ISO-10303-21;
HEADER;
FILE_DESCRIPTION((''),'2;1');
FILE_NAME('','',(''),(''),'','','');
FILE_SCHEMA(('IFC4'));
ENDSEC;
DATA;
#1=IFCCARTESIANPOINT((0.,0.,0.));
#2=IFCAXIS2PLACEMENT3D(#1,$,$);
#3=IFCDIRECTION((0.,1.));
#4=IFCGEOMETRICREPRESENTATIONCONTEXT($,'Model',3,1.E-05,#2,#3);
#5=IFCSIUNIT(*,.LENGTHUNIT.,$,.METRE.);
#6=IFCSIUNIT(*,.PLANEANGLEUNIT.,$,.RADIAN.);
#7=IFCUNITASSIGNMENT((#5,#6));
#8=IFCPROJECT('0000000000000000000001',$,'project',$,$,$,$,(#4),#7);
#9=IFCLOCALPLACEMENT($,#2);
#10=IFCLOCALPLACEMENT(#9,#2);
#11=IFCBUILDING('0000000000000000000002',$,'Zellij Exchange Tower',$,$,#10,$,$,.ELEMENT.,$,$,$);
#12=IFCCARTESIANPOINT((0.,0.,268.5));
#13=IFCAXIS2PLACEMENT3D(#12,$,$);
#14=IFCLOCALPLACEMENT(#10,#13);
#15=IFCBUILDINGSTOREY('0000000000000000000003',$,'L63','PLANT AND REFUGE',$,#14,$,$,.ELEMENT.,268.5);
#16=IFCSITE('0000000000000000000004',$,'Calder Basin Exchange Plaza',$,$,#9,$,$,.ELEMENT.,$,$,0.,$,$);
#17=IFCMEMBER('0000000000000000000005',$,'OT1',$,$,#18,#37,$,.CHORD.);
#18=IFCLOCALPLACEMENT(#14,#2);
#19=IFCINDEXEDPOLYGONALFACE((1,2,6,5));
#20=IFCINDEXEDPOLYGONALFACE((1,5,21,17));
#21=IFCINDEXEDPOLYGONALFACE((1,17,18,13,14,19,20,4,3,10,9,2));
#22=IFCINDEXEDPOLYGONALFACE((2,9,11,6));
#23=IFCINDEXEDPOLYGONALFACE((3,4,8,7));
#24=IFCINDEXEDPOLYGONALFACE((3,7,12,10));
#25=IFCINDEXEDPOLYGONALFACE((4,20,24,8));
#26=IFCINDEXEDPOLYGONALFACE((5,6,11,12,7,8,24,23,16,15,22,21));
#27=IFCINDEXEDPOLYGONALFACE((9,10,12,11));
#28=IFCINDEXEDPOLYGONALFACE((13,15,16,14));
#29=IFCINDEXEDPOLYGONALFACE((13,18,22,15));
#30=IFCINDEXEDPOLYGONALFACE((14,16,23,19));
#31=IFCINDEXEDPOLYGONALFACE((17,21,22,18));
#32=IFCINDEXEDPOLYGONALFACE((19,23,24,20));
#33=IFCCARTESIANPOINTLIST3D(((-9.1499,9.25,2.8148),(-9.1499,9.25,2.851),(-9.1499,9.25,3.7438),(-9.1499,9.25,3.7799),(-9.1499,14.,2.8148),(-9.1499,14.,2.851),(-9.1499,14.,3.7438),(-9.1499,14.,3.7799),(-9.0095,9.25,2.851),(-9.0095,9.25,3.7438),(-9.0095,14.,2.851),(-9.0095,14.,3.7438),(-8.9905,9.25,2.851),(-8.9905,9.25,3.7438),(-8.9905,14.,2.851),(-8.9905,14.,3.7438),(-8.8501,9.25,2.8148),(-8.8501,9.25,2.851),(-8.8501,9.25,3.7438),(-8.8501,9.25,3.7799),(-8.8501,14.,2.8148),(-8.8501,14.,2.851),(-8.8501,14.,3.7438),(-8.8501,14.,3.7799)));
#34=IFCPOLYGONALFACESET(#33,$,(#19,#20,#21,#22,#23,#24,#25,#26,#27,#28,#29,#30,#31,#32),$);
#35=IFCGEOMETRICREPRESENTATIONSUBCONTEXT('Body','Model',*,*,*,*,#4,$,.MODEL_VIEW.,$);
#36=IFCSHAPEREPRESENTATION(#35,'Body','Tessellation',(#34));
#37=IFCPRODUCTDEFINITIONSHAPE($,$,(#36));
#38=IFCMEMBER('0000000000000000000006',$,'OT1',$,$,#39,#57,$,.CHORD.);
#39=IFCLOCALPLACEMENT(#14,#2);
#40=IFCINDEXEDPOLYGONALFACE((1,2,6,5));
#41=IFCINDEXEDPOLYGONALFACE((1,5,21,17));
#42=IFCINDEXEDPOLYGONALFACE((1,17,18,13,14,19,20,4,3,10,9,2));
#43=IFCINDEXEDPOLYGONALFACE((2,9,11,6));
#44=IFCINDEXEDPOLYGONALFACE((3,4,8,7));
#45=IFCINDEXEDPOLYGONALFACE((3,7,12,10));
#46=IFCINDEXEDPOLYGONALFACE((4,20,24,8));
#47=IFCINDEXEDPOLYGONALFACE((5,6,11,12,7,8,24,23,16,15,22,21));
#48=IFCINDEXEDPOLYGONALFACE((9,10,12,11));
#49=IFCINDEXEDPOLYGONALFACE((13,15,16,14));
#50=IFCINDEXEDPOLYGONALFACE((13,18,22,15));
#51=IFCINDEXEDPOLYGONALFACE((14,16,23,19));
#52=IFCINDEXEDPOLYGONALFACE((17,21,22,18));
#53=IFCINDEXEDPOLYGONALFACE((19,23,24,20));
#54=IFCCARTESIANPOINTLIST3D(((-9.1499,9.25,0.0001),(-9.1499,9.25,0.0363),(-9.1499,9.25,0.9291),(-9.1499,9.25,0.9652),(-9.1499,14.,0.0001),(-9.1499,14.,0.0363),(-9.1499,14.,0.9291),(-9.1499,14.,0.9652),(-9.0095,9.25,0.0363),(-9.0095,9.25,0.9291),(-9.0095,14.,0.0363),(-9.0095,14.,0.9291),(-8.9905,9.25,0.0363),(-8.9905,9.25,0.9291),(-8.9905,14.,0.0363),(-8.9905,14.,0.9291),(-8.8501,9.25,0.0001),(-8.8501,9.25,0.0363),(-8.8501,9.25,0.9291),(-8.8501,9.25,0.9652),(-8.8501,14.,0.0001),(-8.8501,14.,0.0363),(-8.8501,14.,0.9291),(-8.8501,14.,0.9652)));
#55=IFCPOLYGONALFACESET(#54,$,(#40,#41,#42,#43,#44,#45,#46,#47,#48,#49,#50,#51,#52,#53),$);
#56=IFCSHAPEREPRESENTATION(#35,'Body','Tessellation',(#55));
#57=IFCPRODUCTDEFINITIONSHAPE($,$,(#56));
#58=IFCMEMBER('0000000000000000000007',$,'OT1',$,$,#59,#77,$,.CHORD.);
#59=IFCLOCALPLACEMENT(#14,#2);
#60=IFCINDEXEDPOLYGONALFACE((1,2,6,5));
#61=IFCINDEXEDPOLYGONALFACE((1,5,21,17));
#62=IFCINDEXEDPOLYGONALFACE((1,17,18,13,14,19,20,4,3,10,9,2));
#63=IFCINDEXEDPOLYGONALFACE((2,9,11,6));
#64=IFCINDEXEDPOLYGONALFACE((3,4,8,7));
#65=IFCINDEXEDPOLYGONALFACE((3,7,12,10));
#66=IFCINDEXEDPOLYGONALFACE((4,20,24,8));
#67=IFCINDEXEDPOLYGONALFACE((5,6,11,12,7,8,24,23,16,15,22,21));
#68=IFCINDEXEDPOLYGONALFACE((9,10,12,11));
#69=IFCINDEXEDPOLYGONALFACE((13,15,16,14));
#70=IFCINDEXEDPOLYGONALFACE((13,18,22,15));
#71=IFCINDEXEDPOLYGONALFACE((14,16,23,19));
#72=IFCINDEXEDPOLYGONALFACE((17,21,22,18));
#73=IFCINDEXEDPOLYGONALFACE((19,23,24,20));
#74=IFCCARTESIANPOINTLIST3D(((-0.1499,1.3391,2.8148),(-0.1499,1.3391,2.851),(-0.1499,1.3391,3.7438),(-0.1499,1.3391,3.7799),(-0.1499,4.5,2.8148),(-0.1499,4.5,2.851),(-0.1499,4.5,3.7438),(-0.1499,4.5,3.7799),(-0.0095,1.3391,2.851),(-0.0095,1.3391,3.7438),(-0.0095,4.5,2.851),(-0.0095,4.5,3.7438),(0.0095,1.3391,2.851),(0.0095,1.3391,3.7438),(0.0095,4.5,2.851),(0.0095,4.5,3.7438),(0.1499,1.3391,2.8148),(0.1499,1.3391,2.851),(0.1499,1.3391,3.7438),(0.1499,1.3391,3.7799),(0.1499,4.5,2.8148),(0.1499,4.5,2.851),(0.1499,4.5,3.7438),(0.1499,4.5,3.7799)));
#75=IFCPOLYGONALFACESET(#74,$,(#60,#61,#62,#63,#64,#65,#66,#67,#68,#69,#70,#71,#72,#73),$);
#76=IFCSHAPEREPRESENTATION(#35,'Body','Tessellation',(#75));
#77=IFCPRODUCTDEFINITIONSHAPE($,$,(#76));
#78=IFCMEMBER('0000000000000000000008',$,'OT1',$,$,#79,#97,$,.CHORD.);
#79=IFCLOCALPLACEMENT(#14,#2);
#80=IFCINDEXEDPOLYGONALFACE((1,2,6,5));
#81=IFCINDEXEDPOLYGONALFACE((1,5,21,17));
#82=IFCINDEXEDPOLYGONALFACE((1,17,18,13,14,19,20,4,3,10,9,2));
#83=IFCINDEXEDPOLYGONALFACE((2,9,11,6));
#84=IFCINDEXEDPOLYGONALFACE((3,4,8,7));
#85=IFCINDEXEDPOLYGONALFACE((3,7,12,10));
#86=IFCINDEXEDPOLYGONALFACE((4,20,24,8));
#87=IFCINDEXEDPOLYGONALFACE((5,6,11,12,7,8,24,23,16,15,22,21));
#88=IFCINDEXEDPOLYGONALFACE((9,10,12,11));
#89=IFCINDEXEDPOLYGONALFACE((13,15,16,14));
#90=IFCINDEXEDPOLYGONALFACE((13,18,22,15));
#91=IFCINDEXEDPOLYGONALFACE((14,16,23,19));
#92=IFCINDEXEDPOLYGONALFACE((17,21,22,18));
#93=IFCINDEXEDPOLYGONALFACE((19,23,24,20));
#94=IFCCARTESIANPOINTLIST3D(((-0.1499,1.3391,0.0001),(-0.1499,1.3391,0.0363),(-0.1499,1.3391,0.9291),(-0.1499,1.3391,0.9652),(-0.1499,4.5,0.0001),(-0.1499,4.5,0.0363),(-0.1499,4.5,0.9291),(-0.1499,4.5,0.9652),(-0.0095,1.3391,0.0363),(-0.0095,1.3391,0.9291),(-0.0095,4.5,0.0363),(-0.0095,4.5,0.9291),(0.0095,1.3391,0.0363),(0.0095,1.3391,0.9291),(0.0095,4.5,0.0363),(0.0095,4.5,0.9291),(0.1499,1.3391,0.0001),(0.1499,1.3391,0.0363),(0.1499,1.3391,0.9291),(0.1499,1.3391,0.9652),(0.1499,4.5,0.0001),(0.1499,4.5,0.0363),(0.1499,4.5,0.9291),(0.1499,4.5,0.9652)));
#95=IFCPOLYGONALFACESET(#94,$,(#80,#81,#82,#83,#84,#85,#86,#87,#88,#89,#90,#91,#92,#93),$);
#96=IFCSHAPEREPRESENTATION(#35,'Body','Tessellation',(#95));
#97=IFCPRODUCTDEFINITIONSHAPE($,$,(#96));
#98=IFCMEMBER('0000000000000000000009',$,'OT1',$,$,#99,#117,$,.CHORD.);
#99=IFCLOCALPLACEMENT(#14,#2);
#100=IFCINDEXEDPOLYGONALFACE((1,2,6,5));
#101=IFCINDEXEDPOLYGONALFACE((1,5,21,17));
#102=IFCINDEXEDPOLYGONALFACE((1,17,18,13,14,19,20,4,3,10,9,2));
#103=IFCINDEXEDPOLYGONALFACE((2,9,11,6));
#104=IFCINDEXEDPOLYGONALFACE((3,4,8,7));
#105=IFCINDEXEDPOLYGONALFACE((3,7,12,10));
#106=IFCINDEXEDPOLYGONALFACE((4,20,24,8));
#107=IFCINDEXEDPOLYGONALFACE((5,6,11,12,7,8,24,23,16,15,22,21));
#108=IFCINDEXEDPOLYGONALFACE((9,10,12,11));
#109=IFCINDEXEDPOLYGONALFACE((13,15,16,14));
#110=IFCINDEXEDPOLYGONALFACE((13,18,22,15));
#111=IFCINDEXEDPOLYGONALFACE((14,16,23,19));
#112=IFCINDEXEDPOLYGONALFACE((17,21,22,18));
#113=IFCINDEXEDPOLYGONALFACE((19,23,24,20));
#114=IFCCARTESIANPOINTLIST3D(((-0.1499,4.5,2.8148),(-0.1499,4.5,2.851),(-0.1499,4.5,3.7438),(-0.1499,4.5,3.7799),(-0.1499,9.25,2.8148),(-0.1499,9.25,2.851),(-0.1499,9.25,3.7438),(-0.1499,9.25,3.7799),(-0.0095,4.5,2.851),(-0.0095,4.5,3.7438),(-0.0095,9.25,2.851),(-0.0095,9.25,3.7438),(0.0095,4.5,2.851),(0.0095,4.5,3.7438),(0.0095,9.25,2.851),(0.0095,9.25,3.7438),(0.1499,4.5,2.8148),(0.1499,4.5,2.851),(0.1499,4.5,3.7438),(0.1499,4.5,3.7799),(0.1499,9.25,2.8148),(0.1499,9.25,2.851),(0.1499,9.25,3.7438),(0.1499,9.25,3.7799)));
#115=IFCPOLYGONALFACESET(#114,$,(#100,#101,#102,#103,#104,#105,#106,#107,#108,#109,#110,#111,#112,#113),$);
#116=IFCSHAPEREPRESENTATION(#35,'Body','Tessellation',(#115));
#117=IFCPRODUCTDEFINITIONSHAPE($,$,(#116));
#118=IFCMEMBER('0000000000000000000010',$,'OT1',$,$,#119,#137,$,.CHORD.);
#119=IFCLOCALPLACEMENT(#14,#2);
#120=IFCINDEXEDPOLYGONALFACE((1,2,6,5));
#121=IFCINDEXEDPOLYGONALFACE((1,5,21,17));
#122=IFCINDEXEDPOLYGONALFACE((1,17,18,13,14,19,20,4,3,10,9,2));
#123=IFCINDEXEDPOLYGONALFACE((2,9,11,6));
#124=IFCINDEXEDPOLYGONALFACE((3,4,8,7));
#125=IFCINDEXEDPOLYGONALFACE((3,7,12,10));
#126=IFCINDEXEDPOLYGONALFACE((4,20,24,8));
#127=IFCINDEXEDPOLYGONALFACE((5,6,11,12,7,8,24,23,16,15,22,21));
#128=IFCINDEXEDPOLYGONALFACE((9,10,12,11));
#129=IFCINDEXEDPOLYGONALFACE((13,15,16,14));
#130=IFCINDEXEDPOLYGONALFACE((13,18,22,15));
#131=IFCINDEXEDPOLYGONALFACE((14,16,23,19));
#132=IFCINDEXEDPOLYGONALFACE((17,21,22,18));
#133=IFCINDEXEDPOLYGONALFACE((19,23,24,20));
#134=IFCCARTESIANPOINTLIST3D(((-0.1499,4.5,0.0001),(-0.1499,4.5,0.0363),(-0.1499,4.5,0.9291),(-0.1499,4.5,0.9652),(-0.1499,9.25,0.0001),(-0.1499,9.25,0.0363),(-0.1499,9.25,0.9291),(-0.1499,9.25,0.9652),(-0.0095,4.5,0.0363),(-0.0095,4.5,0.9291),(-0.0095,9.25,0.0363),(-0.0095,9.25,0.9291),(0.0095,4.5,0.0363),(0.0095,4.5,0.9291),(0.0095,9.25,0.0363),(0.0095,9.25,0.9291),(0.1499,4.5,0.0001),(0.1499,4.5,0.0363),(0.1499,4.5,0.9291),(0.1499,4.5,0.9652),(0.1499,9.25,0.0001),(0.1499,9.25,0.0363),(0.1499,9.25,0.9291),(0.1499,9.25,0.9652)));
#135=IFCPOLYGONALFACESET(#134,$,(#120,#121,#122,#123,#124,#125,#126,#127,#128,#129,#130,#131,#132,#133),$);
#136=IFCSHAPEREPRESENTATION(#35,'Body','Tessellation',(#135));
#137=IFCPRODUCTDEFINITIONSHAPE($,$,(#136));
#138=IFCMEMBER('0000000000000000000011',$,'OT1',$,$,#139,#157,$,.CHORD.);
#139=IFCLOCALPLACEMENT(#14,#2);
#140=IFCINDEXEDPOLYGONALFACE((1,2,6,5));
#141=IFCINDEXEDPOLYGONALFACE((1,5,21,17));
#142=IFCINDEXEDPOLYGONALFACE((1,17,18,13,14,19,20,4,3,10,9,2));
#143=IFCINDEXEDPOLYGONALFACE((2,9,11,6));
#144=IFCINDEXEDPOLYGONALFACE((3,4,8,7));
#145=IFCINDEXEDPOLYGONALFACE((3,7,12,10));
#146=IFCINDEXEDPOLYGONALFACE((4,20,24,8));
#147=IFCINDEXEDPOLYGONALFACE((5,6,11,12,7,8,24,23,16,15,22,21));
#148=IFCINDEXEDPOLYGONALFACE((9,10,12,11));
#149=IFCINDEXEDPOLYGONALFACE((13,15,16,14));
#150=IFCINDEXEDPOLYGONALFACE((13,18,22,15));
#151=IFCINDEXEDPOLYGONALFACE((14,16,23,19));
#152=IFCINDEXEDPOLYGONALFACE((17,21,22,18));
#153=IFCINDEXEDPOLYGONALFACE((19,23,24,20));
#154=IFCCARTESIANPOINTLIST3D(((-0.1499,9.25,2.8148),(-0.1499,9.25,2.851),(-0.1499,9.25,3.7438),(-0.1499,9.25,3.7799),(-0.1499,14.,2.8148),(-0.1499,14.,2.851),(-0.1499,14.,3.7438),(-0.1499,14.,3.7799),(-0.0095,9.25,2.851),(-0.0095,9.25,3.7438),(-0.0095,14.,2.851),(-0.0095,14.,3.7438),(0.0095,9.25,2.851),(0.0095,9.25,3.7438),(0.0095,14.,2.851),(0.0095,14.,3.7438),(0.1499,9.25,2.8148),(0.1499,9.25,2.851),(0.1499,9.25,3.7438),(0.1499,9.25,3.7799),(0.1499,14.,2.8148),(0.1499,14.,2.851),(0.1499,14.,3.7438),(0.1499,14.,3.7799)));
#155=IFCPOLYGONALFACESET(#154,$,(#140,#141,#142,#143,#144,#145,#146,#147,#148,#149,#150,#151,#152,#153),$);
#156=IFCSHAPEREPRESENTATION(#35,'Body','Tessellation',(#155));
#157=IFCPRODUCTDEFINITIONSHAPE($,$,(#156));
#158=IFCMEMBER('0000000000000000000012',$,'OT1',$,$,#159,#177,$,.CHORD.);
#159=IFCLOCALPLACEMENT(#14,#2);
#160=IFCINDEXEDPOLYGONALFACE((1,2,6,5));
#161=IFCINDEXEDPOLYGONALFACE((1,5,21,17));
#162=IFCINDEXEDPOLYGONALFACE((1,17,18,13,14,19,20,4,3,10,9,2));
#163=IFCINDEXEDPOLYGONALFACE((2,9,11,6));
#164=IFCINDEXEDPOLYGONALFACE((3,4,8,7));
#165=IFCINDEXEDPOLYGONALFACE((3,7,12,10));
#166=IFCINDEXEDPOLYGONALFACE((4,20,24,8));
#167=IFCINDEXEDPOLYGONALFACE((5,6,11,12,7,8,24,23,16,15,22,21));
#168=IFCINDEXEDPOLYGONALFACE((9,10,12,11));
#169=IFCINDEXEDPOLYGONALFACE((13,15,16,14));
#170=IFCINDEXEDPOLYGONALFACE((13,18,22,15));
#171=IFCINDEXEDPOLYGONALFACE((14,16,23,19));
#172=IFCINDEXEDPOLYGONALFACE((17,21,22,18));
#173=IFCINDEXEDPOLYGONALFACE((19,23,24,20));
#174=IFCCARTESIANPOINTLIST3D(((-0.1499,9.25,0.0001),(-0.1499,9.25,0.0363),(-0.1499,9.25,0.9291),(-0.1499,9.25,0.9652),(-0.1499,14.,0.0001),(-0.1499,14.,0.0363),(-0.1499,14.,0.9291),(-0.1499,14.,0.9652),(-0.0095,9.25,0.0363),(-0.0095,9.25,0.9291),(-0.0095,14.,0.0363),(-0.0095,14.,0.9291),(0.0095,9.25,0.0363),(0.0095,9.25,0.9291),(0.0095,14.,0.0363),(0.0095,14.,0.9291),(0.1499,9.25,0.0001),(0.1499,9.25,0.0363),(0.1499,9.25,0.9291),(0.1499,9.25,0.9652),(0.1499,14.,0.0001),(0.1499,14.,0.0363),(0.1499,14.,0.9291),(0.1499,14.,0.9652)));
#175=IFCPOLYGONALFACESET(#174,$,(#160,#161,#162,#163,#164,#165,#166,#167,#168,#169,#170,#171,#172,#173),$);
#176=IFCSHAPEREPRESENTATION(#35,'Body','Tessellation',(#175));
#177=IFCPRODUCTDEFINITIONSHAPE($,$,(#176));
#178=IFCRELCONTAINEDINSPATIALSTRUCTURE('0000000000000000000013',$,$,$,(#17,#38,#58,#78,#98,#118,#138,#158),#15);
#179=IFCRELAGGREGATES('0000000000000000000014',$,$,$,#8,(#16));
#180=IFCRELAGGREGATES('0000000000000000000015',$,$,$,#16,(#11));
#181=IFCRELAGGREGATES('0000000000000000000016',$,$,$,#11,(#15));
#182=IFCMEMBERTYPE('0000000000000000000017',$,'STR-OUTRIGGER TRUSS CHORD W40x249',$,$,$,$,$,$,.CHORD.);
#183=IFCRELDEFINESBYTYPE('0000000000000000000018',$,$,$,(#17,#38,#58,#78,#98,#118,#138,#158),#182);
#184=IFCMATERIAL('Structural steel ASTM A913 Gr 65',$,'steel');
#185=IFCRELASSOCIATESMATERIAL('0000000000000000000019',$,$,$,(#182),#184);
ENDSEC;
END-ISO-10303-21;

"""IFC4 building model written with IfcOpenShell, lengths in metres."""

from ifc_helpers import new_model, si_unit, direction, frame, origin, origin_2d, place, context, subcontext, project, spatial, i_section, extrude, material, material_profile, profile_set, type_object, element, save


model = new_model("IFC4")

# Units and contexts
model_context = context("Model", 3, precision=1e-05, world=origin(), true_north=direction((0.0, 1.0)))
body_context = subcontext(model_context, "Body", "Model", "MODEL_VIEW")
ifc_project = project(units=[si_unit("LENGTHUNIT", "METRE"), si_unit("PLANEANGLEUNIT", "RADIAN")], contexts=[model_context])

# Site, building, storey
site_placement = place(None, origin())
site = spatial("IfcSite", under=ifc_project, at=site_placement, Name="Calder Basin Exchange Plaza", CompositionType="ELEMENT", RefElevation=0.0)
building_placement = place(site_placement, origin())
building = spatial("IfcBuilding", under=site, at=building_placement, Name="Zellij Exchange Tower", CompositionType="ELEMENT")
storey_placement = place(building_placement, frame((0.0, 0.0, 268.5)))
storey = spatial("IfcBuildingStorey", under=building, at=storey_placement, Name="L63", Description="PLANT AND REFUGE", CompositionType="ELEMENT", Elevation=268.5)

# Members
ifc_material_1 = material(Name="Structural steel ASTM A913 Gr 65", Category="steel")
ifc_material_profile_1 = material_profile(ifc_material_1, i_section(OverallWidth=0.2998, OverallDepth=0.9651, WebThickness=0.019, FlangeThickness=0.0361, at=origin_2d()), Name="W40x249")
ifc_profile_set_1 = profile_set([ifc_material_profile_1], Name="Structural steel ASTM A913 Gr 65")
member_type_1 = type_object("IfcMemberType", Name="STR-OUTRIGGER TRUSS CHORD W40x249", PredefinedType="CHORD", material=ifc_profile_set_1)
for number, where, z_axis, x_axis, name in (
    (1, (-9.0, 9.25, 3.2974), (0.0, 1.0, 0.0), (-1.0, 0.0, 0.0), "OT1"),
    (2, (-9.0, 9.25, 0.4827), (0.0, 1.0, 0.0), (-1.0, 0.0, 0.0), "OT1"),
):
    element("IfcMember", number, at=place(storey_placement, frame(where, z_axis=z_axis, x_axis=x_axis)), inside=storey, type_object=member_type_1, Name=name, PredefinedType="CHORD", context=body_context, shape_type="SweptSolid", body=[
        extrude(i_section(OverallWidth=0.2998, OverallDepth=0.9651, WebThickness=0.019, FlangeThickness=0.0361, at=origin_2d()), origin(), (0.0, 0.0, 1.0), 4.75),
    ])
for number, where, z_axis, x_axis, name in (
    (3, (0.0, 1.3391, 3.2974), (0.0, 1.0, 0.0), (-1.0, 0.0, 0.0), "OT1"),
    (4, (0.0, 1.3391, 0.4827), (0.0, 1.0, 0.0), (-1.0, 0.0, 0.0), "OT1"),
):
    element("IfcMember", number, at=place(storey_placement, frame(where, z_axis=z_axis, x_axis=x_axis)), inside=storey, type_object=member_type_1, Name=name, PredefinedType="CHORD", context=body_context, shape_type="SweptSolid", body=[
        extrude(i_section(OverallWidth=0.2998, OverallDepth=0.9651, WebThickness=0.019, FlangeThickness=0.0361, at=origin_2d()), origin(), (0.0, 0.0, 1.0), 3.1609),
    ])
for number, where, z_axis, x_axis, name in (
    (5, (0.0, 4.5, 3.2974), (0.0, 1.0, 0.0), (-1.0, 0.0, 0.0), "OT1"),
    (6, (0.0, 4.5, 0.4827), (0.0, 1.0, 0.0), (-1.0, 0.0, 0.0), "OT1"),
    (7, (0.0, 9.25, 3.2974), (0.0, 1.0, 0.0), (-1.0, 0.0, 0.0), "OT1"),
    (8, (0.0, 9.25, 0.4827), (0.0, 1.0, 0.0), (-1.0, 0.0, 0.0), "OT1"),
):
    element("IfcMember", number, at=place(storey_placement, frame(where, z_axis=z_axis, x_axis=x_axis)), inside=storey, type_object=member_type_1, Name=name, PredefinedType="CHORD", context=body_context, shape_type="SweptSolid", body=[
        extrude(i_section(OverallWidth=0.2998, OverallDepth=0.9651, WebThickness=0.019, FlangeThickness=0.0361, at=origin_2d()), origin(), (0.0, 0.0, 1.0), 4.75),
    ])

save(model, "model.ifc")
